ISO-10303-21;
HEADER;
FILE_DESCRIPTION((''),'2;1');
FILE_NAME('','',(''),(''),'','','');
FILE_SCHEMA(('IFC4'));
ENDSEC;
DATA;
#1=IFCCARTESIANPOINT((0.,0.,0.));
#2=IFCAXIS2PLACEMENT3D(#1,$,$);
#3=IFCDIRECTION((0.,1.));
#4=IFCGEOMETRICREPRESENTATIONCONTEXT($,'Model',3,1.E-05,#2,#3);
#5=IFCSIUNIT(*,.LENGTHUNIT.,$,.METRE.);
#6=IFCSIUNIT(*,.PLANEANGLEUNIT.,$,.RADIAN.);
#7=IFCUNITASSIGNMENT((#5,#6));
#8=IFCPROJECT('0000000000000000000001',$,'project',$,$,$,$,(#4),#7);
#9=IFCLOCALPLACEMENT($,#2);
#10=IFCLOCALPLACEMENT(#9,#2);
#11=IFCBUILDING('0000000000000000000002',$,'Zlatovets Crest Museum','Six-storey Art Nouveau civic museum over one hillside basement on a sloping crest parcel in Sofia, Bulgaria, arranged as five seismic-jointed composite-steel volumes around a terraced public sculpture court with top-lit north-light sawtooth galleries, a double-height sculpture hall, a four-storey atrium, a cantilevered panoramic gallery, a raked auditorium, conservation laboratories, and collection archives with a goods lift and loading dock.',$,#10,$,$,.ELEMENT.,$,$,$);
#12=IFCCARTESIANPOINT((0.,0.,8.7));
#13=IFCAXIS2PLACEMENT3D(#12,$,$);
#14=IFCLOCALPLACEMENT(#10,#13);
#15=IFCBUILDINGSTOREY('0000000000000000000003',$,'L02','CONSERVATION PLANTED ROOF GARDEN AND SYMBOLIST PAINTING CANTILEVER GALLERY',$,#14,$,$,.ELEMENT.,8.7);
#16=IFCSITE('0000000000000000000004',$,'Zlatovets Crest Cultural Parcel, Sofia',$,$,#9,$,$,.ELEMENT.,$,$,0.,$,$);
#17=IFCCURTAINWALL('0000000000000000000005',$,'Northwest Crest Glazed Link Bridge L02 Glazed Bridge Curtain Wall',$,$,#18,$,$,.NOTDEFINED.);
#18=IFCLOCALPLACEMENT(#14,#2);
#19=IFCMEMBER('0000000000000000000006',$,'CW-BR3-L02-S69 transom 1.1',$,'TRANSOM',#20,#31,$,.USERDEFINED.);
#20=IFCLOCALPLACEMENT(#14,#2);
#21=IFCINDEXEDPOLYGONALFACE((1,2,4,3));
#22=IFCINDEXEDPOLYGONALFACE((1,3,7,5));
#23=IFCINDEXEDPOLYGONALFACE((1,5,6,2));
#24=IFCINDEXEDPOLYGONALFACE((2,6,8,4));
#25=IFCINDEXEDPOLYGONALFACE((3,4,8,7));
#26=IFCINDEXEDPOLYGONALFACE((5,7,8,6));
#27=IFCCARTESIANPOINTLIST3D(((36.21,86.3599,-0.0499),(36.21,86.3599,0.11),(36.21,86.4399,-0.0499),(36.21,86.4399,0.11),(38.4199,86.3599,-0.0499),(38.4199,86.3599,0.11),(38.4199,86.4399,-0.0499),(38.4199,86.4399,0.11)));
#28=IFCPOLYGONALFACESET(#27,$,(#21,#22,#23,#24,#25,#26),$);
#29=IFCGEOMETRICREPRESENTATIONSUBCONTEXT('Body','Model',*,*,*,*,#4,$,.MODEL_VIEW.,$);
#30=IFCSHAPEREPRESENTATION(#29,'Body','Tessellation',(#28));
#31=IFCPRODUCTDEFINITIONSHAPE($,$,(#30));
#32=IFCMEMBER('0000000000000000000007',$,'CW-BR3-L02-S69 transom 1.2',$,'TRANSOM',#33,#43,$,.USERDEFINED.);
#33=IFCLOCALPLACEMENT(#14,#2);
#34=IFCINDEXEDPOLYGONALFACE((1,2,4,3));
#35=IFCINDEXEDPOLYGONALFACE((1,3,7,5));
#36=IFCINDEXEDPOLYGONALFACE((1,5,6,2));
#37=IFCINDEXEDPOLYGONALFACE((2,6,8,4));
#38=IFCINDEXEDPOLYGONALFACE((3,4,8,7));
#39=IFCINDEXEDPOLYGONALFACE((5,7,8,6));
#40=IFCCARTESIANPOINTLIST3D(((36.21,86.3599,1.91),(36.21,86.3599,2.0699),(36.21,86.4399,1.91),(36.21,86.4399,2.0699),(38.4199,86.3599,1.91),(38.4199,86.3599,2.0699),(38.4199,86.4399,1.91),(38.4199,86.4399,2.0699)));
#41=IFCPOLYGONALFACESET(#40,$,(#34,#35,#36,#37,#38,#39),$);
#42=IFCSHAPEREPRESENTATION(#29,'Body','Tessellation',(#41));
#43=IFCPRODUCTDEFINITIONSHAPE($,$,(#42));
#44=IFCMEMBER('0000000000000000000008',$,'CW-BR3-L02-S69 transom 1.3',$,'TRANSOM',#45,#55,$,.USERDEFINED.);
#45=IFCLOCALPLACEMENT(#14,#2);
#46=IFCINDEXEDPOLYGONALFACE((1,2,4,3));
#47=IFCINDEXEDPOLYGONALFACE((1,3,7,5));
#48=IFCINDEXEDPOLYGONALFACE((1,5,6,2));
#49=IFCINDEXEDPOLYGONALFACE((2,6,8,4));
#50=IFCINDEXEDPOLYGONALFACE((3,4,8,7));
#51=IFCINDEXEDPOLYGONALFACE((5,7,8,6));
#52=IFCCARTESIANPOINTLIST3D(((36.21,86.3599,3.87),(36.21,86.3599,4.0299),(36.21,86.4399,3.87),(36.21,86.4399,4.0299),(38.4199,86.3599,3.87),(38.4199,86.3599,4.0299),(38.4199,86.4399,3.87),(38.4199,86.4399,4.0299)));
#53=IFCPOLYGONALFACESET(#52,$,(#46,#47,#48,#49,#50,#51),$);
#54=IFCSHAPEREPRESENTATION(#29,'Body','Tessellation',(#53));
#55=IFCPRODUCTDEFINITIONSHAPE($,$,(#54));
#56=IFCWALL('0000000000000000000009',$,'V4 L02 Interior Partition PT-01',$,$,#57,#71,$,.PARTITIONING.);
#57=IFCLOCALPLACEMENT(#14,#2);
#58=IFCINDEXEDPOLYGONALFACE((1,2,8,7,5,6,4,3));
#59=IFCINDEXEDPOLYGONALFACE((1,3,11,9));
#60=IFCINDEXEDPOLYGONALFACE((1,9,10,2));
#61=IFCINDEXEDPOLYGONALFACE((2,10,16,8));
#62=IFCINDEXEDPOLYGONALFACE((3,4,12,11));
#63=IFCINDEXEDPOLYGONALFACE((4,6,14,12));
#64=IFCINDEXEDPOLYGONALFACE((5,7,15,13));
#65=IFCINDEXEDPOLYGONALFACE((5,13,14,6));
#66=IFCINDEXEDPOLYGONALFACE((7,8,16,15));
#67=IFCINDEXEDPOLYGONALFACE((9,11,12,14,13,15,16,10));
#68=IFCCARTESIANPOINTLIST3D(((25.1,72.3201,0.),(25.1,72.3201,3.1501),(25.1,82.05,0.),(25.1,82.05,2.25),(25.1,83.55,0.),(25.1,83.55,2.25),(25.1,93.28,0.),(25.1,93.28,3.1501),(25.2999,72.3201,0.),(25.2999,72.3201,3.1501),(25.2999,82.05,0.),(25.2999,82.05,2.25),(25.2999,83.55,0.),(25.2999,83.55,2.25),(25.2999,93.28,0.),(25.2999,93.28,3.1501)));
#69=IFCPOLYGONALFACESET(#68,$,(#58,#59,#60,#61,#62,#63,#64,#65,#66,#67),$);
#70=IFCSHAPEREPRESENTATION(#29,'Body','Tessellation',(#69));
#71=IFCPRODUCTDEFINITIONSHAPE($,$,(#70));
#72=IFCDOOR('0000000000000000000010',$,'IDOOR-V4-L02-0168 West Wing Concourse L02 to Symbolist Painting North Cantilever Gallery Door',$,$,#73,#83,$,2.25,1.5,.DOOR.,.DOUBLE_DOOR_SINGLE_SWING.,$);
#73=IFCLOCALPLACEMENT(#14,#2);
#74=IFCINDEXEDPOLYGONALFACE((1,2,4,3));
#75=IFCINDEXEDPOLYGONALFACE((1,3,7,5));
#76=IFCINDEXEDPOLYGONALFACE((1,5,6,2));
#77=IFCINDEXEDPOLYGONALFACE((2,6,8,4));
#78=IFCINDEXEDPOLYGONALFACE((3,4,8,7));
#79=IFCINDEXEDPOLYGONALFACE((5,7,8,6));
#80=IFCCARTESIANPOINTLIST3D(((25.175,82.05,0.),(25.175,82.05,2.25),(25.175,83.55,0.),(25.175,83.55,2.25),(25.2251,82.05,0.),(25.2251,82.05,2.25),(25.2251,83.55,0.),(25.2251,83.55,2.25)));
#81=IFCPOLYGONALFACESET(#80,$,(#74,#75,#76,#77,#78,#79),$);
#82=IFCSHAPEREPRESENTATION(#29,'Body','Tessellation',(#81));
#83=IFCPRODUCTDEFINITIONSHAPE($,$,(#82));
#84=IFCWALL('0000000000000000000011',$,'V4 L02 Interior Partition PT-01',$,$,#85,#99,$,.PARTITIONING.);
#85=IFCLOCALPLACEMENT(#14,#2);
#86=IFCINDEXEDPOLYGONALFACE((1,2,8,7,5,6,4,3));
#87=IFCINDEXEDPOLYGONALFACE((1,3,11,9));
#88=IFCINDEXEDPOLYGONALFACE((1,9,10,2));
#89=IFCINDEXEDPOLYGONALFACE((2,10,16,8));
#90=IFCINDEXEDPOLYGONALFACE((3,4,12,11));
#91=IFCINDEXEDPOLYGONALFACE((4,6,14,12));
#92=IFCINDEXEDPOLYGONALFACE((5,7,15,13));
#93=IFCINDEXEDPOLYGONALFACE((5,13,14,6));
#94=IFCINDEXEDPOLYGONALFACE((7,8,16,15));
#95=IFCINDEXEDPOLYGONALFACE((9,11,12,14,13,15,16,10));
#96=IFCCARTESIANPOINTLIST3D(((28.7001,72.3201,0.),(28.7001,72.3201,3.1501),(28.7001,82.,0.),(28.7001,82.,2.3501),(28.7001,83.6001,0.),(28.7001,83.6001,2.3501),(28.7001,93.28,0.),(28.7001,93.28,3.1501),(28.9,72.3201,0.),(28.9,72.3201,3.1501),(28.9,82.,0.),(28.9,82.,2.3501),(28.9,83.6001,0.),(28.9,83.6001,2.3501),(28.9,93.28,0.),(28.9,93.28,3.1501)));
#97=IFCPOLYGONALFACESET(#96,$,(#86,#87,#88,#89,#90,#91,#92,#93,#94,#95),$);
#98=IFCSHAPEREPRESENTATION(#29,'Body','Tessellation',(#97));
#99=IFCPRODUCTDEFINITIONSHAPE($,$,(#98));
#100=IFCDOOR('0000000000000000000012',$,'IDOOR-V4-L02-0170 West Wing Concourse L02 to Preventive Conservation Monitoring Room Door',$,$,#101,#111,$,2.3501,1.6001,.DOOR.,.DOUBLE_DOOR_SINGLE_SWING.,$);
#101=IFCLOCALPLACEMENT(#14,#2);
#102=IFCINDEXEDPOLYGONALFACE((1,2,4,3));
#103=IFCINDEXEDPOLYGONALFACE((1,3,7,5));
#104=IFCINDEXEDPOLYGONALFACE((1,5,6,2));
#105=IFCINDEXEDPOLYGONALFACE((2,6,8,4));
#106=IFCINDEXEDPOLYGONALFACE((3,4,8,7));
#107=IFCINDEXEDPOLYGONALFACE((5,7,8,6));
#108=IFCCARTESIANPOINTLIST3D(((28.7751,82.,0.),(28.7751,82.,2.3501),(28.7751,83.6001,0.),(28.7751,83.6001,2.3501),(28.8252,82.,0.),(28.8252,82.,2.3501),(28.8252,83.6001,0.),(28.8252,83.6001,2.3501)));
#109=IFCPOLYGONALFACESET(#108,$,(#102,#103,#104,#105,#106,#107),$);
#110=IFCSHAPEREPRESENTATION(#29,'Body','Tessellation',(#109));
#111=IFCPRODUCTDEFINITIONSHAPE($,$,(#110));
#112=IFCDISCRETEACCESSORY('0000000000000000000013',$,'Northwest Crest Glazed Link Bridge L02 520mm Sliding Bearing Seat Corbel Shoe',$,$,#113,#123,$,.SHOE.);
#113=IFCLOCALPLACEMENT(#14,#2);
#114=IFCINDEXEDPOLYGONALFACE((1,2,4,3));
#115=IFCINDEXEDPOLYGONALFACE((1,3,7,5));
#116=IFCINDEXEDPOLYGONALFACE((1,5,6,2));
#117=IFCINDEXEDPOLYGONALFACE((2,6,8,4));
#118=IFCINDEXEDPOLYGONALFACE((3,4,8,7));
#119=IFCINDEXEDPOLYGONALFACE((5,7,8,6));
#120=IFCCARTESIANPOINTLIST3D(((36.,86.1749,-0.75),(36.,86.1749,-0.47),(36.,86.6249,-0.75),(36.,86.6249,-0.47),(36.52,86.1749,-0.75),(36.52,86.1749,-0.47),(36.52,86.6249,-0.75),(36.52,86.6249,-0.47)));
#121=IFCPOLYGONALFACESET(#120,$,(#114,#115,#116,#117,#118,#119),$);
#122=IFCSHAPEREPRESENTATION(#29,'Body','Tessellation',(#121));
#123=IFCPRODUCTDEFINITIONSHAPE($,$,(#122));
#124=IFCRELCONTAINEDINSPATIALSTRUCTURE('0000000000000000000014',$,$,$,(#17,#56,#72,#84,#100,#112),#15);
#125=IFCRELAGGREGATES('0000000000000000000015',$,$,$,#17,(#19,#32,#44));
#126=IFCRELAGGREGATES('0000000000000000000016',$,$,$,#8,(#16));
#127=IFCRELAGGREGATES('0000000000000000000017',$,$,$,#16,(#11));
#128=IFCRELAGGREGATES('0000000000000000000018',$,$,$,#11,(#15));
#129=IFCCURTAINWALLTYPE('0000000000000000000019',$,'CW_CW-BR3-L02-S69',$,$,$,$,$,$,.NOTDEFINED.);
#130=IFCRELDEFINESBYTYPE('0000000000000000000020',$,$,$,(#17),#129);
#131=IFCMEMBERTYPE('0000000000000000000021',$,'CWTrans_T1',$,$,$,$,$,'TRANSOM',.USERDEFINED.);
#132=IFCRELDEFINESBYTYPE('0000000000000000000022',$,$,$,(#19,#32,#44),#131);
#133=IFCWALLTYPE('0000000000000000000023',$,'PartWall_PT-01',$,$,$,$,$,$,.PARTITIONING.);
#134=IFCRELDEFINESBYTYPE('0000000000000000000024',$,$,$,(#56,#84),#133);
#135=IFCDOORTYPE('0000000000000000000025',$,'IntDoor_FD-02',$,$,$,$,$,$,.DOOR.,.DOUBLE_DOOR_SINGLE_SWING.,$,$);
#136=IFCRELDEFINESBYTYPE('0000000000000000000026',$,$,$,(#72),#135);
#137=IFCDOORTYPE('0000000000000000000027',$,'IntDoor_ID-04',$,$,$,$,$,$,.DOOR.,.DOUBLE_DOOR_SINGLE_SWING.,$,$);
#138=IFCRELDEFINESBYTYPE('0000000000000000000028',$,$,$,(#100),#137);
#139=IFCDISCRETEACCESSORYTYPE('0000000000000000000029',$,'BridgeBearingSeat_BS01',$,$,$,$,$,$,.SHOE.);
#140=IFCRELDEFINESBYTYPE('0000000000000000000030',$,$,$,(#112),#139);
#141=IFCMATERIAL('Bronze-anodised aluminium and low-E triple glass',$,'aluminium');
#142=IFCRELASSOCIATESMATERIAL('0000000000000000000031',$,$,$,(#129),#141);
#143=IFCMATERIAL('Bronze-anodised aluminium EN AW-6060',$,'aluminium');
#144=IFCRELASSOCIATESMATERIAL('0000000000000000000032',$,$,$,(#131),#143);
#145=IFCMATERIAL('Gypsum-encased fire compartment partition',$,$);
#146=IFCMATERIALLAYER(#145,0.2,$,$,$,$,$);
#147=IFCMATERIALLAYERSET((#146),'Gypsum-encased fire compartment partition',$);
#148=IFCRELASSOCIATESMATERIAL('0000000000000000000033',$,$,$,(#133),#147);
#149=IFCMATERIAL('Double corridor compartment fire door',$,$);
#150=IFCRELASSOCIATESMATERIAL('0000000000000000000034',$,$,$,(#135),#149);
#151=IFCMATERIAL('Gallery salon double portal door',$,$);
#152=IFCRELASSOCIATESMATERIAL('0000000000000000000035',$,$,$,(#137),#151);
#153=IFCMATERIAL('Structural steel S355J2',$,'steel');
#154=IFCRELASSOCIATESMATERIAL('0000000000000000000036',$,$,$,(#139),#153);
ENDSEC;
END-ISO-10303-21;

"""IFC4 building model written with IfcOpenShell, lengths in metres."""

from ifc_helpers import new_model, si_unit, direction, frame, frame_2d, origin, origin_2d, place, context, subcontext, project, spatial, rectangle, extrude, material, layer, layer_set, material_profile, profile_set, type_object, element, fill, aggregate, save


model = new_model("IFC4")

# Units and contexts
model_context = context("Model", 3, precision=1e-05, world=origin(), true_north=direction((0.0, 1.0)))
body_context = subcontext(model_context, "Body", "Model", "MODEL_VIEW")
ifc_project = project(units=[si_unit("LENGTHUNIT", "METRE"), si_unit("PLANEANGLEUNIT", "RADIAN")], contexts=[model_context])

# Site, building, storey
site_placement = place(None, origin())
site = spatial("IfcSite", under=ifc_project, at=site_placement, Name="Zlatovets Crest Cultural Parcel, Sofia", CompositionType="ELEMENT", RefElevation=0.0)
building_placement = place(site_placement, origin())
building = spatial("IfcBuilding", under=site, at=building_placement, Name="Zlatovets Crest Museum", Description="Six-storey Art Nouveau civic museum over one hillside basement on a sloping crest parcel in Sofia, Bulgaria, arranged as five seismic-jointed composite-steel volumes around a terraced public sculpture court with top-lit north-light sawtooth galleries, a double-height sculpture hall, a four-storey atrium, a cantilevered panoramic gallery, a raked auditorium, conservation laboratories, and collection archives with a goods lift and loading dock.", CompositionType="ELEMENT")
storey_placement = place(building_placement, frame((0.0, 0.0, 8.7)))
storey = spatial("IfcBuildingStorey", under=building, at=storey_placement, Name="L02", Description="CONSERVATION PLANTED ROOF GARDEN AND SYMBOLIST PAINTING CANTILEVER GALLERY", CompositionType="ELEMENT", Elevation=8.7)

# Shared definitions
ifc_material_1 = material(Name="Structural steel S355J2", Category="steel")

# Curtain wall, members
ifc_material_2 = material(Name="Bronze-anodised aluminium and low-E triple glass", Category="aluminium")
curtain_wall_type = type_object("IfcCurtainWallType", Name="CW_CW-BR3-L02-S69", PredefinedType="NOTDEFINED", material=ifc_material_2)
curtain_wall_placement = place(storey_placement, origin())
curtain_wall = element("IfcCurtainWall", 1, at=curtain_wall_placement, inside=storey, type_object=curtain_wall_type, Name="Northwest Crest Glazed Link Bridge L02 Glazed Bridge Curtain Wall", PredefinedType="NOTDEFINED")
ifc_material_3 = material(Name="Bronze-anodised aluminium EN AW-6060", Category="aluminium")
ifc_material_profile_1 = material_profile(ifc_material_3, rectangle(XDim=0.0801, YDim=0.1599, at=origin_2d()), Name="ALU 80x160")
ifc_profile_set_1 = profile_set([ifc_material_profile_1], Name="Bronze-anodised aluminium EN AW-6060")
member_type_1 = type_object("IfcMemberType", Name="CWTrans_T1", ElementType="TRANSOM", PredefinedType="USERDEFINED", material=ifc_profile_set_1)
member_1_placement = place(storey_placement, frame((36.21, 86.3999, 0.03), z_axis=(1.0, 0.0, 0.0), x_axis=(0.0, 1.0, 0.0)))
member_1 = element("IfcMember", 2, at=member_1_placement, type_object=member_type_1, Name="CW-BR3-L02-S69 transom 1.1", ObjectType="TRANSOM", PredefinedType="USERDEFINED", context=body_context, shape_type="SweptSolid", body=[
    extrude(rectangle(XDim=0.0801, YDim=0.1599, at=origin_2d()), origin(), (0.0, 0.0, 1.0), 2.21),
])
member_2_placement = place(storey_placement, frame((36.21, 86.3999, 1.99), z_axis=(1.0, 0.0, 0.0), x_axis=(0.0, 1.0, 0.0)))
member_2 = element("IfcMember", 3, at=member_2_placement, type_object=member_type_1, Name="CW-BR3-L02-S69 transom 1.2", ObjectType="TRANSOM", PredefinedType="USERDEFINED", context=body_context, shape_type="SweptSolid", body=[
    extrude(rectangle(XDim=0.0801, YDim=0.1599, at=origin_2d()), origin(), (0.0, 0.0, 1.0), 2.21),
])
member_3_placement = place(storey_placement, frame((36.21, 86.3999, 3.95), z_axis=(1.0, 0.0, 0.0), x_axis=(0.0, 1.0, 0.0)))
member_3 = element("IfcMember", 4, at=member_3_placement, type_object=member_type_1, Name="CW-BR3-L02-S69 transom 1.3", ObjectType="TRANSOM", PredefinedType="USERDEFINED", context=body_context, shape_type="SweptSolid", body=[
    extrude(rectangle(XDim=0.0801, YDim=0.1599, at=origin_2d()), origin(), (0.0, 0.0, 1.0), 2.21),
])
aggregate(curtain_wall, [member_1, member_2, member_3])

# Walls, openings, doors
ifc_material_4 = material(Name="Gypsum-encased fire compartment partition")
ifc_layer = layer(ifc_material_4, 0.2)
ifc_layer_set = layer_set([ifc_layer], Name="Gypsum-encased fire compartment partition")
wall_type = type_object("IfcWallType", Name="PartWall_PT-01", PredefinedType="PARTITIONING", material=ifc_layer_set)
wall_1_placement = place(storey_placement, frame((25.2, 72.3201, 0.0), z_axis=(0.0, 0.0, 1.0), x_axis=(0.0, 1.0, 0.0)))
wall_1 = element("IfcWall", 5, at=wall_1_placement, inside=storey, type_object=wall_type, Name="V4 L02 Interior Partition PT-01", PredefinedType="PARTITIONING", context=body_context, shape_type="SweptSolid", body=[
    extrude(rectangle(XDim=20.96, YDim=0.2, at=frame_2d((10.48, 0.0))), origin(), (0.0, 0.0, 1.0), 3.1501),
])
opening_1_placement = place(wall_1_placement, frame((9.73, 0.0, 0.0)))
opening_1 = element("IfcOpeningElement", 6, at=opening_1_placement, cuts=wall_1, PredefinedType="OPENING", context=body_context, shape_type="SweptSolid", body=[
    extrude(rectangle(XDim=1.5, YDim=2.25, at=frame_2d((0.75, 1.125))), frame((0.0, 0.1099, 0.0), z_axis=(0.0, -1.0, 0.0), x_axis=(1.0, 0.0, 0.0)), (0.0, 0.0, 1.0), 0.22),
])
ifc_material_5 = material(Name="Double corridor compartment fire door")
door_type_1 = type_object("IfcDoorType", Name="IntDoor_FD-02", OperationType="DOUBLE_DOOR_SINGLE_SWING", PredefinedType="DOOR", material=ifc_material_5)
door_1_placement = place(opening_1_placement, origin())
door_1 = element("IfcDoor", 7, at=door_1_placement, inside=storey, type_object=door_type_1, Name="IDOOR-V4-L02-0168 West Wing Concourse L02 to Symbolist Painting North Cantilever Gallery Door", OperationType="DOUBLE_DOOR_SINGLE_SWING", OverallHeight=2.25, OverallWidth=1.5, PredefinedType="DOOR", context=body_context, shape_type="SweptSolid", body=[
    extrude(rectangle(XDim=1.5, YDim=2.25, at=frame_2d((0.75, 1.125))), frame((0.0, 0.0249, 0.0), z_axis=(0.0, -1.0, 0.0), x_axis=(1.0, 0.0, 0.0)), (0.0, 0.0, 1.0), 0.05),
])
fill(opening_1, door_1)
wall_2_placement = place(storey_placement, frame((28.8, 72.3201, 0.0), z_axis=(0.0, 0.0, 1.0), x_axis=(0.0, 1.0, 0.0)))
wall_2 = element("IfcWall", 8, at=wall_2_placement, inside=storey, type_object=wall_type, Name="V4 L02 Interior Partition PT-01", PredefinedType="PARTITIONING", context=body_context, shape_type="SweptSolid", body=[
    extrude(rectangle(XDim=20.96, YDim=0.2, at=frame_2d((10.48, 0.0))), origin(), (0.0, 0.0, 1.0), 3.1501),
])
opening_2_placement = place(wall_2_placement, frame((9.6799, 0.0, 0.0)))
opening_2 = element("IfcOpeningElement", 9, at=opening_2_placement, cuts=wall_2, PredefinedType="OPENING", context=body_context, shape_type="SweptSolid", body=[
    extrude(rectangle(XDim=1.6001, YDim=2.3501, at=frame_2d((0.8, 1.175))), frame((0.0, 0.1099, 0.0), z_axis=(0.0, -1.0, 0.0), x_axis=(1.0, 0.0, 0.0)), (0.0, 0.0, 1.0), 0.22),
])
ifc_material_6 = material(Name="Gallery salon double portal door")
door_type_2 = type_object("IfcDoorType", Name="IntDoor_ID-04", OperationType="DOUBLE_DOOR_SINGLE_SWING", PredefinedType="DOOR", material=ifc_material_6)
door_2_placement = place(opening_2_placement, origin())
door_2 = element("IfcDoor", 10, at=door_2_placement, inside=storey, type_object=door_type_2, Name="IDOOR-V4-L02-0170 West Wing Concourse L02 to Preventive Conservation Monitoring Room Door", OperationType="DOUBLE_DOOR_SINGLE_SWING", OverallHeight=2.3501, OverallWidth=1.6001, PredefinedType="DOOR", context=body_context, shape_type="SweptSolid", body=[
    extrude(rectangle(XDim=1.6001, YDim=2.3501, at=frame_2d((0.8, 1.175))), frame((0.0, 0.0249, 0.0), z_axis=(0.0, -1.0, 0.0), x_axis=(1.0, 0.0, 0.0)), (0.0, 0.0, 1.0), 0.05),
])
fill(opening_2, door_2)

# Discrete accessory
discrete_accessory_type = type_object("IfcDiscreteAccessoryType", Name="BridgeBearingSeat_BS01", PredefinedType="SHOE", material=ifc_material_1)
discrete_accessory_placement = place(storey_placement, frame((36.26, 86.3999, -0.75), z_axis=(0.0, 0.0, 1.0), x_axis=(1.0, 0.0, 0.0)))
element("IfcDiscreteAccessory", 11, at=discrete_accessory_placement, inside=storey, type_object=discrete_accessory_type, Name="Northwest Crest Glazed Link Bridge L02 520mm Sliding Bearing Seat Corbel Shoe", PredefinedType="SHOE", context=body_context, shape_type="SweptSolid", body=[
    extrude(rectangle(XDim=0.52, YDim=0.45, at=origin_2d()), origin(), (0.0, 0.0, 1.0), 0.28),
])

save(model, "model.ifc")
